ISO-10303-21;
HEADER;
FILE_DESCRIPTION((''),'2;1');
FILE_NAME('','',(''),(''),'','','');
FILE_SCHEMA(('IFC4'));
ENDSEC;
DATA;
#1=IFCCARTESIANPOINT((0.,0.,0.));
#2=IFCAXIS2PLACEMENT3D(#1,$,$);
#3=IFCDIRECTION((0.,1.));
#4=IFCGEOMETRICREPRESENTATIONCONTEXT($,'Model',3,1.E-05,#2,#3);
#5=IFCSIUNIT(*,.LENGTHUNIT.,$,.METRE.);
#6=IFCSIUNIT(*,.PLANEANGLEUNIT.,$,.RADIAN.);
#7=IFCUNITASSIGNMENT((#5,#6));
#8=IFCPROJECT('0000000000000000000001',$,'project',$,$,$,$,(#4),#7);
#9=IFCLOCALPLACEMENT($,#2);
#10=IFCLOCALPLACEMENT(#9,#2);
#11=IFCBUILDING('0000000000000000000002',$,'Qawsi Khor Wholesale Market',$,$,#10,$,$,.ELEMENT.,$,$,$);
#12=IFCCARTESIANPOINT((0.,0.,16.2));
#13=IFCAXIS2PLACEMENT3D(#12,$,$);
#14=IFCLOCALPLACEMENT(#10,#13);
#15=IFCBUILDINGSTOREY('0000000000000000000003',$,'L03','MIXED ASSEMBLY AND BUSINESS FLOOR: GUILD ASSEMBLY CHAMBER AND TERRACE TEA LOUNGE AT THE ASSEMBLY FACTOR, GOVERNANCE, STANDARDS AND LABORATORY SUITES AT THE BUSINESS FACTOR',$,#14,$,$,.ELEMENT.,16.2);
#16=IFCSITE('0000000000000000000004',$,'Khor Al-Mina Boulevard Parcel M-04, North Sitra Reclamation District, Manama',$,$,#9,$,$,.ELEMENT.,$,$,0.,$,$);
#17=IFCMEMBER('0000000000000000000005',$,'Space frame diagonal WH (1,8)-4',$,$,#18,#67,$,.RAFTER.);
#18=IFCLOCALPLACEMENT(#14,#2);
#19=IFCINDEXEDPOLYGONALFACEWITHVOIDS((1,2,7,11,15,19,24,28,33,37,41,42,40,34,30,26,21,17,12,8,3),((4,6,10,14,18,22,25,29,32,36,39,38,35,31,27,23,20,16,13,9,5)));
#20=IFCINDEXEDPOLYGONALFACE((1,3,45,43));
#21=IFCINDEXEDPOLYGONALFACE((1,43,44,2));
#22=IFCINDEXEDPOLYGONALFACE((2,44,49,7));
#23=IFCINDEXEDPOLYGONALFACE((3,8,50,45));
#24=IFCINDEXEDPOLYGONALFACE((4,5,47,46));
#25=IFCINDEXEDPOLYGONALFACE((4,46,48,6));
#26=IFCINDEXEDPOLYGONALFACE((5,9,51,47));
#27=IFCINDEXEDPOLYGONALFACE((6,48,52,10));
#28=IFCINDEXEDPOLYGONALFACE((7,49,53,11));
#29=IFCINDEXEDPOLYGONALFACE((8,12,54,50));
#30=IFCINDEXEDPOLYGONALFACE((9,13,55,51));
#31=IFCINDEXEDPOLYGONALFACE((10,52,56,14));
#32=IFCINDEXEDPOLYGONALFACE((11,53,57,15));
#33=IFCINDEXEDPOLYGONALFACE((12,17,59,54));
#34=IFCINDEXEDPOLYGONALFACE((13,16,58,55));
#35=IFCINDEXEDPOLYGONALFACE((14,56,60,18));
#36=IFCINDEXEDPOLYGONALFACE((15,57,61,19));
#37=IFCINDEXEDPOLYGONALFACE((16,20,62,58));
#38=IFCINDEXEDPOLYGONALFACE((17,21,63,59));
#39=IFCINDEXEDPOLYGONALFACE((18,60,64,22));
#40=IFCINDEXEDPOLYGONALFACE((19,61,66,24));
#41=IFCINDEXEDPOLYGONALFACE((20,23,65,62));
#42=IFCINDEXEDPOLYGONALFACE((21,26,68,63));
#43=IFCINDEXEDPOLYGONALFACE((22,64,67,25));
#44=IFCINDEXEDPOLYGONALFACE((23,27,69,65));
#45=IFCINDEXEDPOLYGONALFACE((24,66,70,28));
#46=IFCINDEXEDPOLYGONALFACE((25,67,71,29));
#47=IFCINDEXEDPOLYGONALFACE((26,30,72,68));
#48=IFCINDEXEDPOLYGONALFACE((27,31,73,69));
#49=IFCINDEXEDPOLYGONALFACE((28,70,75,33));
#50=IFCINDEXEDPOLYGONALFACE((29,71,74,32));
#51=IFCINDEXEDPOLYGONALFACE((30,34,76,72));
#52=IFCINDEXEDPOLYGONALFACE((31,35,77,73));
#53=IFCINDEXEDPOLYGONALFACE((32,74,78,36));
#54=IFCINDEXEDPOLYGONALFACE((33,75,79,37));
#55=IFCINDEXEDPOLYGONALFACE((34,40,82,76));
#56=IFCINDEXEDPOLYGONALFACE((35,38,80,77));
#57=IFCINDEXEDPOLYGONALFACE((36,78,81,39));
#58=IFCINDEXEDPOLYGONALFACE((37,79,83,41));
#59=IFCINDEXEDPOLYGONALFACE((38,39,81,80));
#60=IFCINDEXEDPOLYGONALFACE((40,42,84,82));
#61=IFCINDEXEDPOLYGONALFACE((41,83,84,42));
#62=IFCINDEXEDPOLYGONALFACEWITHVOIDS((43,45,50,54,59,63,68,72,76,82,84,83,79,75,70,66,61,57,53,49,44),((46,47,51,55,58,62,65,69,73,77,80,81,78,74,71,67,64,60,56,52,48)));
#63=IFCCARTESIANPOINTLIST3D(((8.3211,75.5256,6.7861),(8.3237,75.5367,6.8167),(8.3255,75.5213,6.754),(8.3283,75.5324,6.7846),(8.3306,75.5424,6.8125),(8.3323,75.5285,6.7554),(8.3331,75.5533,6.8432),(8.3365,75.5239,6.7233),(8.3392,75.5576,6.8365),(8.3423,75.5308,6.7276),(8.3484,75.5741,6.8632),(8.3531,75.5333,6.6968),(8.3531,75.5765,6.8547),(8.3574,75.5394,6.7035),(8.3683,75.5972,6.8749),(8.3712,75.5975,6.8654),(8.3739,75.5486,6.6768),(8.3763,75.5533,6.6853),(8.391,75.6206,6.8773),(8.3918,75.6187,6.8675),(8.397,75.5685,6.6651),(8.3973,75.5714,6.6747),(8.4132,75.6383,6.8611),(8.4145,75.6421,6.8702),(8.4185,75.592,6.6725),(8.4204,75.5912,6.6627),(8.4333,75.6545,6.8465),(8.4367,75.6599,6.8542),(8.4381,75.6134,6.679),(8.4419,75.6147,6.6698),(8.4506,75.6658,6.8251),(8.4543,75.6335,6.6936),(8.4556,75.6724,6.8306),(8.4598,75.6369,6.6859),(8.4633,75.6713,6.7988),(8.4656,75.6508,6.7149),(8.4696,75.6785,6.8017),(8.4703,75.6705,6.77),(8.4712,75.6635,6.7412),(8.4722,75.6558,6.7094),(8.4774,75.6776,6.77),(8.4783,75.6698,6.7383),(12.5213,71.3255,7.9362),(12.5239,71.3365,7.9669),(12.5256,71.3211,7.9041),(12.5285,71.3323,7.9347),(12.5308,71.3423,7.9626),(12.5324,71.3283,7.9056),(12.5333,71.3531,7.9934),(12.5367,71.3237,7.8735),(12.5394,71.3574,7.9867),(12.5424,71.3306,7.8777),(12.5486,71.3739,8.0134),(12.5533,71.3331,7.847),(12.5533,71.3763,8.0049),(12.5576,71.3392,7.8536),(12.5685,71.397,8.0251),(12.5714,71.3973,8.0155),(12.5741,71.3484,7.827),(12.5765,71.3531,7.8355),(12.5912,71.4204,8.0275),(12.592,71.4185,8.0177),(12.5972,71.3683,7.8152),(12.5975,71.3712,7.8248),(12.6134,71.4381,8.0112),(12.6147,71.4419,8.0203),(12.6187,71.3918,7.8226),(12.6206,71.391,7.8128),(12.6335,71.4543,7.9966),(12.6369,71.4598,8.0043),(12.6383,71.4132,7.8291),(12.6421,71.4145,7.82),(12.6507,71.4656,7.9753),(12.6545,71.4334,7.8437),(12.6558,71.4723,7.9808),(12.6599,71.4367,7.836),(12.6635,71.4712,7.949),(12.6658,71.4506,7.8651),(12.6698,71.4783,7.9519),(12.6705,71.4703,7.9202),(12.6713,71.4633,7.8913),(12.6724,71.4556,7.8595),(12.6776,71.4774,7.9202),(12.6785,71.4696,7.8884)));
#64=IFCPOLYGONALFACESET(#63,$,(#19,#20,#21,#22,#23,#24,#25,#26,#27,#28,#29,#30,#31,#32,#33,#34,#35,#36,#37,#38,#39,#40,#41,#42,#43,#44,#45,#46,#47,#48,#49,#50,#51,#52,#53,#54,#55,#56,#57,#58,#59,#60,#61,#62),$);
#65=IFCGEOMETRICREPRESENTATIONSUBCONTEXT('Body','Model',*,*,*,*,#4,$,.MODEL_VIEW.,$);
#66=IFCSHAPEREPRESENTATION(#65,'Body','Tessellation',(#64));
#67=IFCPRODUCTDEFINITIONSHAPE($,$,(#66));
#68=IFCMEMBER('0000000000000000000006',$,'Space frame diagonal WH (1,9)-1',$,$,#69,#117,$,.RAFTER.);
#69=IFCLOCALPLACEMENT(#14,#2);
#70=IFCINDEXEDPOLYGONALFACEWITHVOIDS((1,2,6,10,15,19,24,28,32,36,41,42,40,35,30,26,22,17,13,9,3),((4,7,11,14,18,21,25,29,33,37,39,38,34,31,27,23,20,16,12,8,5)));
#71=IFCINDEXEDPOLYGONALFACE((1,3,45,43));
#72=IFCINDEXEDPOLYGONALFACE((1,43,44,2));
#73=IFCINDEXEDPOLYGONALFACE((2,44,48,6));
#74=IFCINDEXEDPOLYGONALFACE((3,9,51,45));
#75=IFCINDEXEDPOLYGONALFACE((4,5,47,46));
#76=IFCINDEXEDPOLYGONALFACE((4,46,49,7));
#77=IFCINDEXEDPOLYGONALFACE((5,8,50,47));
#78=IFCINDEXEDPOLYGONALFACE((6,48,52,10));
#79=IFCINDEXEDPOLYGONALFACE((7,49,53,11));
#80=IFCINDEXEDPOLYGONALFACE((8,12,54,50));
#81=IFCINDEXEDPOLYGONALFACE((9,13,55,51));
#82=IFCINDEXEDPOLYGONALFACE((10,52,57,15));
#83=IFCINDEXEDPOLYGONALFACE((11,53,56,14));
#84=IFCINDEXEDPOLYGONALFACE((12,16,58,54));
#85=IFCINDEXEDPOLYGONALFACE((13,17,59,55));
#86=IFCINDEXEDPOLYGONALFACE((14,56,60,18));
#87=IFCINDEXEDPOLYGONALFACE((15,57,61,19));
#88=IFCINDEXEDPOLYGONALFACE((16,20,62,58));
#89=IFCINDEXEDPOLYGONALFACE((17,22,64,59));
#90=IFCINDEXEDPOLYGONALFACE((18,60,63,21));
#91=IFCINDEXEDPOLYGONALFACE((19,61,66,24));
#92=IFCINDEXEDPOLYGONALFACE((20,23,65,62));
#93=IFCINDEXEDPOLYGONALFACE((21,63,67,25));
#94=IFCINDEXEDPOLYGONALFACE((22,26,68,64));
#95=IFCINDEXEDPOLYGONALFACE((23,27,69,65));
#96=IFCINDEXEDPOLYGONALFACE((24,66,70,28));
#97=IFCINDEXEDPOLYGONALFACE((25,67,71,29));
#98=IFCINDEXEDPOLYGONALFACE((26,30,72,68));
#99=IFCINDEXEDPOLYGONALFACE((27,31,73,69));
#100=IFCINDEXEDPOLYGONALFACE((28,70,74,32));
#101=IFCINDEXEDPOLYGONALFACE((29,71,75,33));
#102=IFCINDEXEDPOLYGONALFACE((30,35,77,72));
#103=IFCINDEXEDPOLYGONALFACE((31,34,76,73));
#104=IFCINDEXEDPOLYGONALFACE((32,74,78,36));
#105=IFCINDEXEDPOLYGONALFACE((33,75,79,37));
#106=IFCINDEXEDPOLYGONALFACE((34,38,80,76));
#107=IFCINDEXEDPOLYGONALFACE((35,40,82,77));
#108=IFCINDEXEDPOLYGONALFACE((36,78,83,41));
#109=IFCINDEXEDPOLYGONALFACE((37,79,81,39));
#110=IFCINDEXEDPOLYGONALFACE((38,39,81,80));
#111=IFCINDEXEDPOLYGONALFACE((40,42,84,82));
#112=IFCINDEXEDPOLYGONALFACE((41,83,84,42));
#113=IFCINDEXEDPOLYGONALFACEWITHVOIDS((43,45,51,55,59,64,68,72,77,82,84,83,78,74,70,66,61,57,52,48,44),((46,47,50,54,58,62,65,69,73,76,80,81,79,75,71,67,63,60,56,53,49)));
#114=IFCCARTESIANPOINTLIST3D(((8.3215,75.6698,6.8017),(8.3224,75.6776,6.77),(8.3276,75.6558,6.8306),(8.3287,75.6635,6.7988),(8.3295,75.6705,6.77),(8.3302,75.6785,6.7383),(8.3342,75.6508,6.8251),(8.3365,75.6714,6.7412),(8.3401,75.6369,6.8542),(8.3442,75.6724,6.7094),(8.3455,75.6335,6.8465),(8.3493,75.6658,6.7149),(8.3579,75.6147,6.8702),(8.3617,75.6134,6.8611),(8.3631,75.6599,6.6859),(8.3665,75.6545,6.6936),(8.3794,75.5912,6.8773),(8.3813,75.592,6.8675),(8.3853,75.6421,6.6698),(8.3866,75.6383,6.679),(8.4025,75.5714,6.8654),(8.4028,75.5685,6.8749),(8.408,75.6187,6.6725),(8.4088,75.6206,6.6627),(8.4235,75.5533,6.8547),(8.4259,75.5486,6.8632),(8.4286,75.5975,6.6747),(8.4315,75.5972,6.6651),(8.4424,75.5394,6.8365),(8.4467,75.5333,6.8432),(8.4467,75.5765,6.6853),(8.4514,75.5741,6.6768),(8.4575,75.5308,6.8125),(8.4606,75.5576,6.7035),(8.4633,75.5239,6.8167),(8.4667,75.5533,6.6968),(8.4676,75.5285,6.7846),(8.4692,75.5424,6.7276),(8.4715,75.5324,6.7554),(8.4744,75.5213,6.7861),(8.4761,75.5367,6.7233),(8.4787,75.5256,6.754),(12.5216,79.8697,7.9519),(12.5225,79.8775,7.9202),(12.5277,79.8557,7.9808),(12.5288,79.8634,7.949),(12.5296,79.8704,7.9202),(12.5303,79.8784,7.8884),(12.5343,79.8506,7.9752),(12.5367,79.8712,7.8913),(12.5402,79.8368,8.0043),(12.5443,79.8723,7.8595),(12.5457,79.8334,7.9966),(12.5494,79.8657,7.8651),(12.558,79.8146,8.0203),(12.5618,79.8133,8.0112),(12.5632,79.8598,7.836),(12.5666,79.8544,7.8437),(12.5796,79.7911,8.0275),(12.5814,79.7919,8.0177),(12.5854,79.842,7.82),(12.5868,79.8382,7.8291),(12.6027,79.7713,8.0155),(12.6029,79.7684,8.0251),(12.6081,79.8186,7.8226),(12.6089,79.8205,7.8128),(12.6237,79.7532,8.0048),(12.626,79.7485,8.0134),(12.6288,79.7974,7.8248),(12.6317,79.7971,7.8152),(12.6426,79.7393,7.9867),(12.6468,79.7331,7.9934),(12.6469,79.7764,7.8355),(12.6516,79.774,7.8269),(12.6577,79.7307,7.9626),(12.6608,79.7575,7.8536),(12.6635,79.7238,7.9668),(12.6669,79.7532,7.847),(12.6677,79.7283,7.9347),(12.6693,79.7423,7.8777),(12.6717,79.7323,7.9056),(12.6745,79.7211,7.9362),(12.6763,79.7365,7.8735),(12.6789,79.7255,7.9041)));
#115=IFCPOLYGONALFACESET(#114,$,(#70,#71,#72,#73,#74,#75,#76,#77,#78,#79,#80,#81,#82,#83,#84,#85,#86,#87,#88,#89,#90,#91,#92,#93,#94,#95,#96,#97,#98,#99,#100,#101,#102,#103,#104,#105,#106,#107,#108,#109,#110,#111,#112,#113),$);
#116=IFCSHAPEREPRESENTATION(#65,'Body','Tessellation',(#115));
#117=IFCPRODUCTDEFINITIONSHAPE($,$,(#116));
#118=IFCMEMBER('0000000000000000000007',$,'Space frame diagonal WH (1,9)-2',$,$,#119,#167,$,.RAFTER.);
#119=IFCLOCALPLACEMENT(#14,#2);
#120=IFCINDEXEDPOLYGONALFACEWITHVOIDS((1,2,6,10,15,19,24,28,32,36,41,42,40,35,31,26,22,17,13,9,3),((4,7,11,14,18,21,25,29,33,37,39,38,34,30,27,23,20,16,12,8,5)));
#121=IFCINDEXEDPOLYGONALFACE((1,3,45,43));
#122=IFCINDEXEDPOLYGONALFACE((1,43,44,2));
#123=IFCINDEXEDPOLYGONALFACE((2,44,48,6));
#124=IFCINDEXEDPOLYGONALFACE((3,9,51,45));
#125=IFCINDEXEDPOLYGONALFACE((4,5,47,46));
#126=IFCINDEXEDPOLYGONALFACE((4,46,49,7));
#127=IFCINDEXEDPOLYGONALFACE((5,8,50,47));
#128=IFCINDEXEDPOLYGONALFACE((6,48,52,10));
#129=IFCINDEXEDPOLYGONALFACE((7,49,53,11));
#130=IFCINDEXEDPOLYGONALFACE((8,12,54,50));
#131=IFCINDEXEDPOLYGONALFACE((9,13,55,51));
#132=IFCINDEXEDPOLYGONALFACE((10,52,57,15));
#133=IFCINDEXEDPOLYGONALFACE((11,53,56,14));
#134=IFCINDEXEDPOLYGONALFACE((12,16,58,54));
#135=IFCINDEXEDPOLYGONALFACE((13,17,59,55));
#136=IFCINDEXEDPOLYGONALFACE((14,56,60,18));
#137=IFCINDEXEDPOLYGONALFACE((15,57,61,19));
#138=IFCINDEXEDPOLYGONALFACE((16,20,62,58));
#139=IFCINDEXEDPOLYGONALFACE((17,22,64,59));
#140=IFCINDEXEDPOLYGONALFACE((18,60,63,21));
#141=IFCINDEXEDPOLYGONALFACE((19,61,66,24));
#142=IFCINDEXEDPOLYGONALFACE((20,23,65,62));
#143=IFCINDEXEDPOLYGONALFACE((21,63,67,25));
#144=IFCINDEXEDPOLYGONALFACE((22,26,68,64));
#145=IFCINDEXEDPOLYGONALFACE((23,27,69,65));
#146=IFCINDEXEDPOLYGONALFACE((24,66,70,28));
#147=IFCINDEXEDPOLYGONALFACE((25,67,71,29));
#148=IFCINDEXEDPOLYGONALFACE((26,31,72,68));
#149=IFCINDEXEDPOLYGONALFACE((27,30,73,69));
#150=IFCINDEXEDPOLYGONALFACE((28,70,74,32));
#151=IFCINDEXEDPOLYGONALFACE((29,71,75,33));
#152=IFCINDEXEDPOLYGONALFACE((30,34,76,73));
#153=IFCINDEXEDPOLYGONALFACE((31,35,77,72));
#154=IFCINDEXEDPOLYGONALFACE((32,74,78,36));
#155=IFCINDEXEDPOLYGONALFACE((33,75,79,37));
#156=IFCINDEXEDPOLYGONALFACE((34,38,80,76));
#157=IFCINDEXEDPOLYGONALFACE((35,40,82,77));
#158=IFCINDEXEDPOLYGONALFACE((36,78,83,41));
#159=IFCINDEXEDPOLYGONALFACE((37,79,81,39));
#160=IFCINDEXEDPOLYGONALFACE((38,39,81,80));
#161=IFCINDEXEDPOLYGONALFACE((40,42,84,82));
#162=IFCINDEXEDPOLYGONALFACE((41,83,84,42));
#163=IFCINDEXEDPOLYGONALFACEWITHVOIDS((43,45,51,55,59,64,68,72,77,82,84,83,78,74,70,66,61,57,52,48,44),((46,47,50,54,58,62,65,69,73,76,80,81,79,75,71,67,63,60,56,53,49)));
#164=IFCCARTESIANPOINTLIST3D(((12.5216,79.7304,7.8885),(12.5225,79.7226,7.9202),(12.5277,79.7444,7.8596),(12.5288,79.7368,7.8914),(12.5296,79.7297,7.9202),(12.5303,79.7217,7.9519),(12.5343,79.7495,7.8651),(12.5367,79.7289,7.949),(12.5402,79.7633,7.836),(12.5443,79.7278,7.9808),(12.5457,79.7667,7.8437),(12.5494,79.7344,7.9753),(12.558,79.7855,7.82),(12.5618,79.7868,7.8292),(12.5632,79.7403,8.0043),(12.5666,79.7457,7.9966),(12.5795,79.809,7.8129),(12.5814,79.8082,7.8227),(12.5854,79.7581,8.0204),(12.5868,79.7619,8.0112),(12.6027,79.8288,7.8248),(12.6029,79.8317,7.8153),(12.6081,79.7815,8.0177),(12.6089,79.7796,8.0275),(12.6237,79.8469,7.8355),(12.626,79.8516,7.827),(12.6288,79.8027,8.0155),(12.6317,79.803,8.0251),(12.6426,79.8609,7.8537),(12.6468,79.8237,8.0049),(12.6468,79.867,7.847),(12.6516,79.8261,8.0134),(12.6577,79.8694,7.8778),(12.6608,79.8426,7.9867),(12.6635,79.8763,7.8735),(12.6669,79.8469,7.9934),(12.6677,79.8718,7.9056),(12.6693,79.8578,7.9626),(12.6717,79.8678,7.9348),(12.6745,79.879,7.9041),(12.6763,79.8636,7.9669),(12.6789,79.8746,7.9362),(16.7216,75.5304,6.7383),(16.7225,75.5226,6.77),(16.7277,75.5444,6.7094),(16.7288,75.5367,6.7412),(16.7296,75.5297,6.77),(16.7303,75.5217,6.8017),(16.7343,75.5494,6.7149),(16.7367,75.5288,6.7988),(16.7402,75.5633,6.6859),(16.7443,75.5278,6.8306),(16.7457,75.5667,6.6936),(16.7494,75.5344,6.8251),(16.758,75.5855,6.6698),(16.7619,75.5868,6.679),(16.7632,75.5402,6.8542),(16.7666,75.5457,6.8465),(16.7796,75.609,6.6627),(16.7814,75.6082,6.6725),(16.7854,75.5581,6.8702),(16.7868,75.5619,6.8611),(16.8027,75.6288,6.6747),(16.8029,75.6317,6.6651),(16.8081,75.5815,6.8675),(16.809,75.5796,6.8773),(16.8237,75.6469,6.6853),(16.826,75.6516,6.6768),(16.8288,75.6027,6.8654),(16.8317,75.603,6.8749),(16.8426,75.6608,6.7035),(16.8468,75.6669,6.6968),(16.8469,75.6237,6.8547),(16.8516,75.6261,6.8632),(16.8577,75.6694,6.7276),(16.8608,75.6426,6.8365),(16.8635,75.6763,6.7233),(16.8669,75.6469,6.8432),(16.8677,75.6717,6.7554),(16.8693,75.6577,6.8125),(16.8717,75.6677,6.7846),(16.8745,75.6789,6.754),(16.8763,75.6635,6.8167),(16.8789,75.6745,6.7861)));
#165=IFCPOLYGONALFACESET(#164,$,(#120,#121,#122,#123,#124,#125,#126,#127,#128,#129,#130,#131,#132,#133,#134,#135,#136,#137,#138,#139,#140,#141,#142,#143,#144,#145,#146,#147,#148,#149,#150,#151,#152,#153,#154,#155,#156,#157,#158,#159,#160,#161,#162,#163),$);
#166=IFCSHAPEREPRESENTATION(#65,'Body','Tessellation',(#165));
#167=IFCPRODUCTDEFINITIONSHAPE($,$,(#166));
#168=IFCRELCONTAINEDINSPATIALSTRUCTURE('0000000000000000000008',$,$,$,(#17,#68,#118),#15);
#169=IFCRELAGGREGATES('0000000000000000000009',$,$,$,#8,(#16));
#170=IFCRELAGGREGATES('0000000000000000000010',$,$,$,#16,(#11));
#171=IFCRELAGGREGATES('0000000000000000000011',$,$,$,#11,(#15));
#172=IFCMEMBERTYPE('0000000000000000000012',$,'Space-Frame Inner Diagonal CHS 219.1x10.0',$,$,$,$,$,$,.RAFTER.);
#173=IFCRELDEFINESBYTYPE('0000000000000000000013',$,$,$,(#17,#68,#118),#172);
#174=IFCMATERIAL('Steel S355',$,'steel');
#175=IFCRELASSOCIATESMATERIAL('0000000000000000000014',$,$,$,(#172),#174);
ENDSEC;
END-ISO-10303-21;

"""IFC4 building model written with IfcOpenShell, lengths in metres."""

from ifc_helpers import new_model, si_unit, direction, frame, origin, origin_2d, place, context, subcontext, project, spatial, hollow_circle, extrude, material, material_profile, profile_set, type_object, element, save


model = new_model("IFC4")

# Units and contexts
model_context = context("Model", 3, precision=1e-05, world=origin(), true_north=direction((0.0, 1.0)))
body_context = subcontext(model_context, "Body", "Model", "MODEL_VIEW")
ifc_project = project(units=[si_unit("LENGTHUNIT", "METRE"), si_unit("PLANEANGLEUNIT", "RADIAN")], contexts=[model_context])

# Site, building, storey
site_placement = place(None, origin())
site = spatial("IfcSite", under=ifc_project, at=site_placement, Name="Khor Al-Mina Boulevard Parcel M-04, North Sitra Reclamation District, Manama", CompositionType="ELEMENT", RefElevation=0.0)
building_placement = place(site_placement, origin())
building = spatial("IfcBuilding", under=site, at=building_placement, Name="Qawsi Khor Wholesale Market", CompositionType="ELEMENT")
storey_placement = place(building_placement, frame((0.0, 0.0, 16.2)))
storey = spatial("IfcBuildingStorey", under=building, at=storey_placement, Name="L03", Description="MIXED ASSEMBLY AND BUSINESS FLOOR: GUILD ASSEMBLY CHAMBER AND TERRACE TEA LOUNGE AT THE ASSEMBLY FACTOR, GOVERNANCE, STANDARDS AND LABORATORY SUITES AT THE BUSINESS FACTOR", CompositionType="ELEMENT", Elevation=16.2)

# Members
ifc_material_1 = material(Name="Steel S355", Category="steel")
ifc_material_profile_1 = material_profile(ifc_material_1, hollow_circle(Radius=0.1096, WallThickness=0.01, at=origin_2d()), Name="CHS 219.1x10.0")
ifc_profile_set_1 = profile_set([ifc_material_profile_1], Name="Steel S355")
member_type_1 = type_object("IfcMemberType", Name="Space-Frame Inner Diagonal CHS 219.1x10.0", PredefinedType="RAFTER", material=ifc_profile_set_1)
member_1_placement = place(storey_placement, frame((8.3999, 75.6001, 6.77), z_axis=(0.694213, -0.694213, 0.190097), x_axis=(0.707107, 0.707107, 0.0)))
element("IfcMember", 1, at=member_1_placement, inside=storey, type_object=member_type_1, Name="Space frame diagonal WH (1,8)-4", PredefinedType="RAFTER", context=body_context, shape_type="SweptSolid", body=[
    extrude(hollow_circle(Radius=0.1096, WallThickness=0.01, at=origin_2d()), origin(), (0.0, 0.0, 1.0), 6.0503),
])
for number, where, z_axis, x_axis, name in (
    (2, (8.3999, 75.6001, 6.77), (0.694232, 0.694192, 0.190103), (-0.707086, 0.707127, 0.0), "Space frame diagonal WH (1,9)-1"),
    (3, (16.8, 75.6001, 6.77), (-0.694211, 0.694211, 0.190108), (-0.707107, -0.707107, 0.0), "Space frame diagonal WH (1,9)-2"),
):
    element("IfcMember", number, at=place(storey_placement, frame(where, z_axis=z_axis, x_axis=x_axis)), inside=storey, type_object=member_type_1, Name=name, PredefinedType="RAFTER", context=body_context, shape_type="SweptSolid", body=[
        extrude(hollow_circle(Radius=0.1096, WallThickness=0.01, at=origin_2d()), origin(), (0.0, 0.0, 1.0), 6.05),
    ])

save(model, "model.ifc")
